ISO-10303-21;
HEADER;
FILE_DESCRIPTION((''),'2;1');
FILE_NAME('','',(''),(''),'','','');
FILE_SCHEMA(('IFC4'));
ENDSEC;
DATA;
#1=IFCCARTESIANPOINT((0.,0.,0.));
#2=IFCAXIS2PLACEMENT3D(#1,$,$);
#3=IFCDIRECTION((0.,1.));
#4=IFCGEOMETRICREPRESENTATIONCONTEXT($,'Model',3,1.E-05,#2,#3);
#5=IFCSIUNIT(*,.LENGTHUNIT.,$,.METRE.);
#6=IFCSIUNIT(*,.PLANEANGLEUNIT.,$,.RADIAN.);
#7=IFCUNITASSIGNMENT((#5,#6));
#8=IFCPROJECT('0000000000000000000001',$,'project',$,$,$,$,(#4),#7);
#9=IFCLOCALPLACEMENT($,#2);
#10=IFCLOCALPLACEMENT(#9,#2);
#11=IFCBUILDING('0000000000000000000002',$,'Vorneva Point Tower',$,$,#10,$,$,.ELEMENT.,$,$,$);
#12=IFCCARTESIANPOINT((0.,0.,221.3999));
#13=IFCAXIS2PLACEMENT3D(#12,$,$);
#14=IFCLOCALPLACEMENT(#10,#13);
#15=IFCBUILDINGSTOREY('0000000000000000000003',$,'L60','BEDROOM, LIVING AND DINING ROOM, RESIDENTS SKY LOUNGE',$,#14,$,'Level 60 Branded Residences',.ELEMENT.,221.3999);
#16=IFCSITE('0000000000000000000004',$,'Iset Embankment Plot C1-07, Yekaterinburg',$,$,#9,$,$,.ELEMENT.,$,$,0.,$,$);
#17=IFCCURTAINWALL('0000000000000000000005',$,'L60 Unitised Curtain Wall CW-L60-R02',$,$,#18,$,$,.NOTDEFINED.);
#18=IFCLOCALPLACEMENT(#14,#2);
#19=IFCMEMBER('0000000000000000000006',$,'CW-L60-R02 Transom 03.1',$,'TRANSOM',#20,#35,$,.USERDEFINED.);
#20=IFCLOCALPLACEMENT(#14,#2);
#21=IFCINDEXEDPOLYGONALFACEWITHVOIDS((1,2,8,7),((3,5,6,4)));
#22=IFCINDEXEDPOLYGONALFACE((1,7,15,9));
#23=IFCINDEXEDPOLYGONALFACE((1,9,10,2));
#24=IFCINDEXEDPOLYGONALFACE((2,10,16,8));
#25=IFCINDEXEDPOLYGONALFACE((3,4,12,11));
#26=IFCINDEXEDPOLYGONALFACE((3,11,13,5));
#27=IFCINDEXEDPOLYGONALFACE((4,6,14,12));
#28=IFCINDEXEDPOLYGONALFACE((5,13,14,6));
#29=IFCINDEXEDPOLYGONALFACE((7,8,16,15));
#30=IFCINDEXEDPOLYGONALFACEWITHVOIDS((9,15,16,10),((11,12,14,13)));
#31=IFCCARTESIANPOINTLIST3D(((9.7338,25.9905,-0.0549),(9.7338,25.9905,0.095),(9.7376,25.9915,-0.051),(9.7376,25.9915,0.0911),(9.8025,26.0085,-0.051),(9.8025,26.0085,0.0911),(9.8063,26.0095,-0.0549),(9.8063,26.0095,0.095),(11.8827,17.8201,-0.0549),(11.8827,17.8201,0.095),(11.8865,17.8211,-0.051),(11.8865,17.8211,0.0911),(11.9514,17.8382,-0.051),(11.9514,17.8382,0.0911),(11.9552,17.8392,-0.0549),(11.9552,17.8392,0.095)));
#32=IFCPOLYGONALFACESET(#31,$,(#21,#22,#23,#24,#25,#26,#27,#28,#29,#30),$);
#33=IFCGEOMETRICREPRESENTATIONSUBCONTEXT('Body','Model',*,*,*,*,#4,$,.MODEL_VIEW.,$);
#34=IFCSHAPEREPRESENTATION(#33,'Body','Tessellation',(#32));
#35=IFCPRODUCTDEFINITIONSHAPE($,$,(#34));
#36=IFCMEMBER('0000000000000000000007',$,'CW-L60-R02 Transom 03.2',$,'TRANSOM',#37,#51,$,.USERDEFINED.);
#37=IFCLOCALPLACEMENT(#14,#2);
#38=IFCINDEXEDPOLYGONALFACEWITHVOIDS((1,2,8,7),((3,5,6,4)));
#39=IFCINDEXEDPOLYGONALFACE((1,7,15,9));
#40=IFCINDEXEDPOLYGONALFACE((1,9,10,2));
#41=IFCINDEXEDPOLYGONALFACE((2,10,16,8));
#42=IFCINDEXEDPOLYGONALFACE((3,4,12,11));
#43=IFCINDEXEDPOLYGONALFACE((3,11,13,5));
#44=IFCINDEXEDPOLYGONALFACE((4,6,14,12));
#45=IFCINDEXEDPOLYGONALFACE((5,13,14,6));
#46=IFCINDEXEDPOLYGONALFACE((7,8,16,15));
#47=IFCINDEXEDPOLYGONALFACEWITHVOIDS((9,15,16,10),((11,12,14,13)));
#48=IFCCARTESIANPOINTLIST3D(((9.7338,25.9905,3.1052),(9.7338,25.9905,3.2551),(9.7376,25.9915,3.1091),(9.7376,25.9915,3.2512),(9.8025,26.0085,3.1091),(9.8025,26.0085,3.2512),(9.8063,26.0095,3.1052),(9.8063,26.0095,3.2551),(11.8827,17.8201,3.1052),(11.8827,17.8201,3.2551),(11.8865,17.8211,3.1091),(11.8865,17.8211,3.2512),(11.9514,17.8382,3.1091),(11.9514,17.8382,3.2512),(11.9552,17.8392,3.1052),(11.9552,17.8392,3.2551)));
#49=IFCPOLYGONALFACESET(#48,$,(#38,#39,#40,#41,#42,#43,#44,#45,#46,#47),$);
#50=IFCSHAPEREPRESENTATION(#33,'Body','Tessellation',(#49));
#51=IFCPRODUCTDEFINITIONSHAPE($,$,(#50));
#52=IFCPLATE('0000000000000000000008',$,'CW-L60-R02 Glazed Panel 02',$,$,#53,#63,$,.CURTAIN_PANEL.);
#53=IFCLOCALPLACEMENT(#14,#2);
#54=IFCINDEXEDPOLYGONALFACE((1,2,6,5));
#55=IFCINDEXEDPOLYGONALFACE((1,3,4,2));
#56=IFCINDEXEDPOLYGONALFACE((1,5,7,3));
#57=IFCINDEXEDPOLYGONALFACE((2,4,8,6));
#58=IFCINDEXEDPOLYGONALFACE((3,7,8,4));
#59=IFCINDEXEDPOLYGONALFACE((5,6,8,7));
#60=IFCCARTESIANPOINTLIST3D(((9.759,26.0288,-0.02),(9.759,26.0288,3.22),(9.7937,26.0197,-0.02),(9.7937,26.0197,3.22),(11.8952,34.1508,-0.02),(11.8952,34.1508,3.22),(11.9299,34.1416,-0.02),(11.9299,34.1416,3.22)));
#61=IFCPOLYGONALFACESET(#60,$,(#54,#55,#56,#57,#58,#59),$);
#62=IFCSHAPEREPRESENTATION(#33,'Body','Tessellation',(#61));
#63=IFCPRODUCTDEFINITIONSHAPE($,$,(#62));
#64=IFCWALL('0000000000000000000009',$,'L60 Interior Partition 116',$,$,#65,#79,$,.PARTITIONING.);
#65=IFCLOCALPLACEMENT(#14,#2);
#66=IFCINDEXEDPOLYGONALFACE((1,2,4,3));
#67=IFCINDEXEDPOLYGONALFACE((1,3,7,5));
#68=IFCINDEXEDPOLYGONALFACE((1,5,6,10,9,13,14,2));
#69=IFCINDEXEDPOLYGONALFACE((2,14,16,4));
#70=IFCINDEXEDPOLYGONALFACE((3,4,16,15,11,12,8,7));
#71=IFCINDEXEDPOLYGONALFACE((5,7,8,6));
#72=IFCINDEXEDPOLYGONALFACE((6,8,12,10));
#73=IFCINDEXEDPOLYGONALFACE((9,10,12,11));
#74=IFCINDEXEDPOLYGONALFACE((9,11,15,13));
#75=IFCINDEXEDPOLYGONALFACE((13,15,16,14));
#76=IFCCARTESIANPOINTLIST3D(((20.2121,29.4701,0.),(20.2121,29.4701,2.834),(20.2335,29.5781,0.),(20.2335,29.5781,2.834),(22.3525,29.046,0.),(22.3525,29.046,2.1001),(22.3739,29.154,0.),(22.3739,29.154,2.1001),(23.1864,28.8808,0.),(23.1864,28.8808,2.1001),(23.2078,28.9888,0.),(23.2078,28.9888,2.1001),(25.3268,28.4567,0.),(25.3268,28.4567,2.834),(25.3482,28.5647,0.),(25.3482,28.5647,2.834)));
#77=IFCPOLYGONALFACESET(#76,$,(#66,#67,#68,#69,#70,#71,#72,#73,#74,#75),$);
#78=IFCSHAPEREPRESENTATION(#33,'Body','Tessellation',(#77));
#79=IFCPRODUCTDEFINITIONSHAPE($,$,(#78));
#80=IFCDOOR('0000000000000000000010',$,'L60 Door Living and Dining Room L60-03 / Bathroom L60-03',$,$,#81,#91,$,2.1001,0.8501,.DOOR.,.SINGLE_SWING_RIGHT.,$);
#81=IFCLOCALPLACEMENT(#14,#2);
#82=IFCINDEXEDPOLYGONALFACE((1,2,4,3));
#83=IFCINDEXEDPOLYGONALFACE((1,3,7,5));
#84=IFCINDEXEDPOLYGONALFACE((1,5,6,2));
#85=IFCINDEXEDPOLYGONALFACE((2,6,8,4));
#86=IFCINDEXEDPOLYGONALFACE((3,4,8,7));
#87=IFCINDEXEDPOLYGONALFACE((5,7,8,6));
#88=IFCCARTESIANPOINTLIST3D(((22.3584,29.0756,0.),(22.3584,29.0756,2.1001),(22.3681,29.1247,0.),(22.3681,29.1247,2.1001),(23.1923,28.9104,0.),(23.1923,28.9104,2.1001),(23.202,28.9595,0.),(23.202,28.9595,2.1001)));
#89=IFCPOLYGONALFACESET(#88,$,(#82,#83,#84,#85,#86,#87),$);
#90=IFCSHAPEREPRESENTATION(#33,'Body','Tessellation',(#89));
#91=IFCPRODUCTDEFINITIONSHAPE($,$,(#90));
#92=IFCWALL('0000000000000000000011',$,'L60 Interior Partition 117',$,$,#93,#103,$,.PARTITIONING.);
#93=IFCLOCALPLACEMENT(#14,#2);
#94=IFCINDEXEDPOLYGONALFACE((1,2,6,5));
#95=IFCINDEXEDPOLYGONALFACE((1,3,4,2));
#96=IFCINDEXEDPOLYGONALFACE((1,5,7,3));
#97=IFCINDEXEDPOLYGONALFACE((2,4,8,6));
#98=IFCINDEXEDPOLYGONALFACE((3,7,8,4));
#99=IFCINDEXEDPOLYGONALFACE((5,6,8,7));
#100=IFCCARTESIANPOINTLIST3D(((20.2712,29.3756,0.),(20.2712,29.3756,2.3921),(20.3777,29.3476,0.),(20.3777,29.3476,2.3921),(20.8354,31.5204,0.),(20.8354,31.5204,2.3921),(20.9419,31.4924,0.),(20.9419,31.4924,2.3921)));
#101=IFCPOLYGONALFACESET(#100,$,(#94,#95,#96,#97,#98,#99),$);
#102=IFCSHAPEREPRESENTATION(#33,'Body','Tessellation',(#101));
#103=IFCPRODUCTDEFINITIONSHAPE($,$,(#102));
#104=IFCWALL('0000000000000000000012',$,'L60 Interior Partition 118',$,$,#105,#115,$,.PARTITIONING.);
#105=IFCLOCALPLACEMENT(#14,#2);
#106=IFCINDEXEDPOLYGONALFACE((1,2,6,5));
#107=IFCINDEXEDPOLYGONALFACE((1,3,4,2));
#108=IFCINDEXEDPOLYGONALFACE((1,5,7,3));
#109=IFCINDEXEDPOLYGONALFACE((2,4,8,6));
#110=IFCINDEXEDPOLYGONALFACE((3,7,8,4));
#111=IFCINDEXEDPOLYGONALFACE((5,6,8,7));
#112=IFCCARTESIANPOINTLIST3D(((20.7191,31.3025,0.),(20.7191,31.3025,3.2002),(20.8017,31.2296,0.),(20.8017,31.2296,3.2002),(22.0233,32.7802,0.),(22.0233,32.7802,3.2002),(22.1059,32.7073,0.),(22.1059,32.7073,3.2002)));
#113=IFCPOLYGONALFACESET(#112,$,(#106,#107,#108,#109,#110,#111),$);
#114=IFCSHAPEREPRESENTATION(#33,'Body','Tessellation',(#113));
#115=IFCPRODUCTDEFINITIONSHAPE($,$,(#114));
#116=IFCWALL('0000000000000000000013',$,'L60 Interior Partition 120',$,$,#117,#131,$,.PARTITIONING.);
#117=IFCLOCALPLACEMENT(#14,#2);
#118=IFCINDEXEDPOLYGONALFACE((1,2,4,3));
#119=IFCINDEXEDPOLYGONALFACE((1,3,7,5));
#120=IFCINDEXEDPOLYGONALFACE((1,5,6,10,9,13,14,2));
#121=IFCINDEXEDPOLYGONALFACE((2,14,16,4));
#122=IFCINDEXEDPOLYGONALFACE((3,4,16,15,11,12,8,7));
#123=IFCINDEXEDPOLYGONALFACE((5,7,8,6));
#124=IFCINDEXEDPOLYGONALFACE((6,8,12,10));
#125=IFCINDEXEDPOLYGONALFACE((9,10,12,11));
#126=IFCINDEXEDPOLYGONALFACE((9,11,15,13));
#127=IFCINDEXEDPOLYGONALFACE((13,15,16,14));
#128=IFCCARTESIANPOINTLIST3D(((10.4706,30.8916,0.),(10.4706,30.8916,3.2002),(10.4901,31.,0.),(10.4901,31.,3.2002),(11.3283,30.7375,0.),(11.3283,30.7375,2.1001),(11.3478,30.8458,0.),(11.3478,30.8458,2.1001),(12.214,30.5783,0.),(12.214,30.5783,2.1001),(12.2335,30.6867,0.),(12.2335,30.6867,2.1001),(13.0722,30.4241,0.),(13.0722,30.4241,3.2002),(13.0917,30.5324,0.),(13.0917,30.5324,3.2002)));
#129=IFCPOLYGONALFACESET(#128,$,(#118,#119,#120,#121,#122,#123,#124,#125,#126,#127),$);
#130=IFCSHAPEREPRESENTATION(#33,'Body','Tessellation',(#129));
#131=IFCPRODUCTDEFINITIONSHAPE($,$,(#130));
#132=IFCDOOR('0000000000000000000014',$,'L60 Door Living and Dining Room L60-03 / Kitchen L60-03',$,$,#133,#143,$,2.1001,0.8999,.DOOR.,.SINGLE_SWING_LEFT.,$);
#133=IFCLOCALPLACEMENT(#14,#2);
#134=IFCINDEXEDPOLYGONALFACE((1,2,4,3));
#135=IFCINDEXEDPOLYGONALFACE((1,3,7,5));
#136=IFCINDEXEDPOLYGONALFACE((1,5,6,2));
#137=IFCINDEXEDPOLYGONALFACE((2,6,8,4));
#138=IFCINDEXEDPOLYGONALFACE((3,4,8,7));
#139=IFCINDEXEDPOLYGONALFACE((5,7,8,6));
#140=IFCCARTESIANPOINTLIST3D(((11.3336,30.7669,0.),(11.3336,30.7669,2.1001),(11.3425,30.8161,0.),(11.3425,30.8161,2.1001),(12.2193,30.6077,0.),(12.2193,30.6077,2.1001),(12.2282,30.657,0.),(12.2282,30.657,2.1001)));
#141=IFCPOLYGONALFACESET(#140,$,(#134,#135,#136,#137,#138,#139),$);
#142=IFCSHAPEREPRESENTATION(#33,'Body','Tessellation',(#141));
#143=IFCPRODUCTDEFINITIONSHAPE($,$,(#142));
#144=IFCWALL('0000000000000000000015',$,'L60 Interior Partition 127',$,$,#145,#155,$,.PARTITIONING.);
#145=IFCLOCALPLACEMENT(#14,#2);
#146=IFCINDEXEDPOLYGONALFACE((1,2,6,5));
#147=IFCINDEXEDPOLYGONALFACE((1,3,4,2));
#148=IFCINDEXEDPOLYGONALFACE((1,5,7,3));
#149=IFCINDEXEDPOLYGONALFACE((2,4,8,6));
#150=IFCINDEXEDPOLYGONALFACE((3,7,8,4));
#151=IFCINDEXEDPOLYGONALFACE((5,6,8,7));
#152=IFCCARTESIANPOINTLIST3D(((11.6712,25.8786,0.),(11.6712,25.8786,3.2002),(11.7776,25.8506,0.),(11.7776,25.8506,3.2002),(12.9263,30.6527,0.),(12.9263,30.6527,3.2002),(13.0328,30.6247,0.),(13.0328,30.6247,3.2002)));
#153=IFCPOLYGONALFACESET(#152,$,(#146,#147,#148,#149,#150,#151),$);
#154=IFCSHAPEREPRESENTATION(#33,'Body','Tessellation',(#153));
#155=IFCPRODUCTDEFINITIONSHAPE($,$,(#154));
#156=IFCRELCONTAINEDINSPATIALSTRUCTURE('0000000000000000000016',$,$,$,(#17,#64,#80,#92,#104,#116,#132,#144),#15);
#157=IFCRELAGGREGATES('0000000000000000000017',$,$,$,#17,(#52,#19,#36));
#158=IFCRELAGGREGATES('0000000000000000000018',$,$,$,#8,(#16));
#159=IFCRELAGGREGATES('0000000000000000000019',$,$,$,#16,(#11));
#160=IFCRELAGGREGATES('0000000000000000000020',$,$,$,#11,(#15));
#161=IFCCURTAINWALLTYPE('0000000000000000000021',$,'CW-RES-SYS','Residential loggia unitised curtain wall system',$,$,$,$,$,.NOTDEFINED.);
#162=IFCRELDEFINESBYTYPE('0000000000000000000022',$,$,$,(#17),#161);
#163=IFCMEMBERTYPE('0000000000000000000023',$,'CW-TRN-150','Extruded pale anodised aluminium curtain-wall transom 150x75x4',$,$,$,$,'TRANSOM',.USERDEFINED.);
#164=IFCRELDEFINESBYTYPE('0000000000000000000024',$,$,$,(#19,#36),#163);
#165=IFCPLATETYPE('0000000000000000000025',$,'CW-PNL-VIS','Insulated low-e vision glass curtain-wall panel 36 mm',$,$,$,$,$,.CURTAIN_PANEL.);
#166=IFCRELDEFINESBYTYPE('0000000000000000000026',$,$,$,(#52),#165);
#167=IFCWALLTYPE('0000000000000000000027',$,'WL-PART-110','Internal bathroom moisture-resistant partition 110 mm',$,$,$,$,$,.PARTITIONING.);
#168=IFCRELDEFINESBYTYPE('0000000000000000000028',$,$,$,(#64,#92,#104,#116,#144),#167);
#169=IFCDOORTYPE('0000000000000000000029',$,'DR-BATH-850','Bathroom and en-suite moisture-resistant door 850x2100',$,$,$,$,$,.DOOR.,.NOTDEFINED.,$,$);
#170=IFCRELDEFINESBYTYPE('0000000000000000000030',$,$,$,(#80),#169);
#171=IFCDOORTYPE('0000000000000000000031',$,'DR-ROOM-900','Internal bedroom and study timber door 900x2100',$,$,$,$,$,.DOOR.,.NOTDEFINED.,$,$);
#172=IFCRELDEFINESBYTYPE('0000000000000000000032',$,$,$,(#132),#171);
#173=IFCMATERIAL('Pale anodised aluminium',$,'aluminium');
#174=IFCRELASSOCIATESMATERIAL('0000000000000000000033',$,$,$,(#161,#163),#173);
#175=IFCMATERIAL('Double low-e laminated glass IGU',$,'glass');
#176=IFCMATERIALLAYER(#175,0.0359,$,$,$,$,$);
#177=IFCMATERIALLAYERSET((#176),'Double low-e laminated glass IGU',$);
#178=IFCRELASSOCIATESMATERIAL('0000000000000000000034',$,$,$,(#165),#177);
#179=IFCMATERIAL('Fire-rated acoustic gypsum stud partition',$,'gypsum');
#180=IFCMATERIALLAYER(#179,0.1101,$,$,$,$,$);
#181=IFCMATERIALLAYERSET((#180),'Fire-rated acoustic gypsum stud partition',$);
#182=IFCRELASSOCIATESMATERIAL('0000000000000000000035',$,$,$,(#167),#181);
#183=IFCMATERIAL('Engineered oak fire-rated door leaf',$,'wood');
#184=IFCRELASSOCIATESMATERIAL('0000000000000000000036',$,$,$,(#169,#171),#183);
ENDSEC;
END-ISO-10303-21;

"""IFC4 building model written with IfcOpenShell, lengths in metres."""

from ifc_helpers import new_model, si_unit, direction, frame, frame_2d, origin, origin_2d, place, context, subcontext, project, spatial, rectangle, hollow_rectangle, extrude, material, layer, layer_set, material_profile, profile_set, type_object, element, fill, aggregate, save


model = new_model("IFC4")

# Units and contexts
model_context = context("Model", 3, precision=1e-05, world=origin(), true_north=direction((0.0, 1.0)))
body_context = subcontext(model_context, "Body", "Model", "MODEL_VIEW")
ifc_project = project(units=[si_unit("LENGTHUNIT", "METRE"), si_unit("PLANEANGLEUNIT", "RADIAN")], contexts=[model_context])

# Site, building, storey
site_placement = place(None, origin())
site = spatial("IfcSite", under=ifc_project, at=site_placement, Name="Iset Embankment Plot C1-07, Yekaterinburg", CompositionType="ELEMENT", RefElevation=0.0)
building_placement = place(site_placement, origin())
building = spatial("IfcBuilding", under=site, at=building_placement, Name="Vorneva Point Tower", CompositionType="ELEMENT")
storey_placement = place(building_placement, frame((0.0, 0.0, 221.3999)))
storey = spatial("IfcBuildingStorey", under=building, at=storey_placement, Name="L60", Description="BEDROOM, LIVING AND DINING ROOM, RESIDENTS SKY LOUNGE", LongName="Level 60 Branded Residences", CompositionType="ELEMENT", Elevation=221.3999)

# Curtain wall, members, plate
ifc_material_1 = material(Name="Pale anodised aluminium", Category="aluminium")
curtain_wall_type = type_object("IfcCurtainWallType", Name="CW-RES-SYS", Description="Residential loggia unitised curtain wall system", PredefinedType="NOTDEFINED", material=ifc_material_1)
curtain_wall_placement = place(storey_placement, origin())
curtain_wall = element("IfcCurtainWall", 1, at=curtain_wall_placement, inside=storey, type_object=curtain_wall_type, Name="L60 Unitised Curtain Wall CW-L60-R02", PredefinedType="NOTDEFINED")
ifc_material_profile_1 = material_profile(ifc_material_1, hollow_rectangle(XDim=0.075, YDim=0.1499, WallThickness=0.0039, at=origin_2d()), Name="AL-TRN 150x75x4")
ifc_profile_set_1 = profile_set([ifc_material_profile_1], Name="Pale anodised aluminium")
member_type_1 = type_object("IfcMemberType", Name="CW-TRN-150", Description="Extruded pale anodised aluminium curtain-wall transom 150x75x4", ElementType="TRANSOM", PredefinedType="USERDEFINED", material=ifc_profile_set_1)
member_1_placement = place(storey_placement, frame((9.77, 26.0, 0.02), z_axis=(0.254362, -0.967109, 0.0), x_axis=(0.967109, 0.254362, 0.0)))
member_1 = element("IfcMember", 2, at=member_1_placement, type_object=member_type_1, Name="CW-L60-R02 Transom 03.1", ObjectType="TRANSOM", PredefinedType="USERDEFINED", context=body_context, shape_type="SweptSolid", body=[
    extrude(hollow_rectangle(XDim=0.075, YDim=0.1499, WallThickness=0.0039, at=origin_2d()), origin(), (0.0, 0.0, 1.0), 8.4482),
])
member_2_placement = place(storey_placement, frame((9.77, 26.0, 3.1802), z_axis=(0.254362, -0.967109, 0.0), x_axis=(0.967109, 0.254362, 0.0)))
member_2 = element("IfcMember", 3, at=member_2_placement, type_object=member_type_1, Name="CW-L60-R02 Transom 03.2", ObjectType="TRANSOM", PredefinedType="USERDEFINED", context=body_context, shape_type="SweptSolid", body=[
    extrude(hollow_rectangle(XDim=0.075, YDim=0.1499, WallThickness=0.0039, at=origin_2d()), origin(), (0.0, 0.0, 1.0), 8.4482),
])
ifc_material_2 = material(Name="Double low-e laminated glass IGU", Category="glass")
ifc_layer_1 = layer(ifc_material_2, 0.0359)
ifc_layer_set_1 = layer_set([ifc_layer_1], Name="Double low-e laminated glass IGU")
plate_type = type_object("IfcPlateType", Name="CW-PNL-VIS", Description="Insulated low-e vision glass curtain-wall panel 36 mm", PredefinedType="CURTAIN_PANEL", material=ifc_layer_set_1)
plate_placement = place(storey_placement, frame((10.8445, 30.0852, -0.02), z_axis=(0.0, 0.0, 1.0), x_axis=(-0.254366, -0.967108, 0.0)))
plate = element("IfcPlate", 4, at=plate_placement, type_object=plate_type, Name="CW-L60-R02 Glazed Panel 02", PredefinedType="CURTAIN_PANEL", context=body_context, shape_type="SweptSolid", body=[
    extrude(rectangle(XDim=8.3982, YDim=0.0359, at=origin_2d()), origin(), (0.0, 0.0, 1.0), 3.24),
])
aggregate(curtain_wall, [plate, member_1, member_2])

# Wall, opening, door
ifc_material_3 = material(Name="Fire-rated acoustic gypsum stud partition", Category="gypsum")
ifc_layer_2 = layer(ifc_material_3, 0.1101)
ifc_layer_set_2 = layer_set([ifc_layer_2], Name="Fire-rated acoustic gypsum stud partition")
wall_type_1 = type_object("IfcWallType", Name="WL-PART-110", Description="Internal bathroom moisture-resistant partition 110 mm", PredefinedType="PARTITIONING", material=ifc_layer_set_2)
wall_1_placement = place(storey_placement, frame((25.3374, 28.5107, 0.0), z_axis=(0.0, 0.0, 1.0), x_axis=(-0.98093, 0.19436, 0.0)))
wall_1 = element("IfcWall", 5, at=wall_1_placement, inside=storey, type_object=wall_type_1, Name="L60 Interior Partition 116", PredefinedType="PARTITIONING", context=body_context, shape_type="SweptSolid", body=[
    extrude(rectangle(XDim=5.2141, YDim=0.1101, at=frame_2d((2.6069, 0.0))), origin(), (0.0, 0.0, 1.0), 2.834),
])
opening_1_placement = place(wall_1_placement, frame((2.1819, 0.0, 0.0)))
opening_1 = element("IfcOpeningElement", 6, at=opening_1_placement, cuts=wall_1, PredefinedType="OPENING", context=body_context, shape_type="SweptSolid", body=[
    extrude(rectangle(XDim=0.8501, YDim=2.1001, at=frame_2d((0.425, 1.05))), frame((0.0, 0.0698, 0.0), z_axis=(0.0, -1.0, 0.0), x_axis=(1.0, 0.0, 0.0)), (0.0, 0.0, 1.0), 0.1399),
])
ifc_material_4 = material(Name="Engineered oak fire-rated door leaf", Category="wood")
door_type_1 = type_object("IfcDoorType", Name="DR-BATH-850", Description="Bathroom and en-suite moisture-resistant door 850x2100", OperationType="NOTDEFINED", PredefinedType="DOOR", material=ifc_material_4)
door_1_placement = place(opening_1_placement, origin())
door_1 = element("IfcDoor", 7, at=door_1_placement, inside=storey, type_object=door_type_1, Name="L60 Door Living and Dining Room L60-03 / Bathroom L60-03", OperationType="SINGLE_SWING_RIGHT", OverallHeight=2.1001, OverallWidth=0.8501, PredefinedType="DOOR", context=body_context, shape_type="SweptSolid", body=[
    extrude(rectangle(XDim=0.8501, YDim=2.1001, at=frame_2d((0.425, 1.05))), frame((0.0, 0.0249, 0.0), z_axis=(0.0, -1.0, 0.0), x_axis=(1.0, 0.0, 0.0)), (0.0, 0.0, 1.0), 0.05),
])
fill(opening_1, door_1)

# Walls
wall_2_placement = place(storey_placement, frame((20.3245, 29.3616, 0.0), z_axis=(0.0, 0.0, 1.0), x_axis=(0.254407, 0.967097, 0.0)))
element("IfcWall", 8, at=wall_2_placement, inside=storey, type_object=wall_type_1, Name="L60 Interior Partition 117", PredefinedType="PARTITIONING", context=body_context, shape_type="SweptSolid", body=[
    extrude(rectangle(XDim=2.2178, YDim=0.1101, at=frame_2d((1.1089, 0.0))), origin(), (0.0, 0.0, 1.0), 2.3921),
])
wall_3_placement = place(storey_placement, frame((20.7605, 31.2661, 0.0), z_axis=(0.0, 0.0, 1.0), x_axis=(0.661699, 0.749769, 0.0)))
element("IfcWall", 9, at=wall_3_placement, inside=storey, type_object=wall_type_1, Name="L60 Interior Partition 118", PredefinedType="PARTITIONING", context=body_context, shape_type="SweptSolid", body=[
    extrude(rectangle(XDim=1.9709, YDim=0.1101, at=frame_2d((0.9854, 0.0))), origin(), (0.0, 0.0, 1.0), 3.2002),
])

# Wall, opening, door
wall_4_placement = place(storey_placement, frame((10.4802, 30.9458, 0.0), z_axis=(0.0, 0.0, 1.0), x_axis=(0.984233, -0.176877, 0.0)))
wall_4 = element("IfcWall", 10, at=wall_4_placement, inside=storey, type_object=wall_type_1, Name="L60 Interior Partition 120", PredefinedType="PARTITIONING", context=body_context, shape_type="SweptSolid", body=[
    extrude(rectangle(XDim=2.6433, YDim=0.1101, at=frame_2d((1.3218, 0.0))), origin(), (0.0, 0.0, 1.0), 3.2002),
])
opening_2_placement = place(wall_4_placement, frame((0.8716, 0.0, 0.0)))
opening_2 = element("IfcOpeningElement", 11, at=opening_2_placement, cuts=wall_4, PredefinedType="OPENING", context=body_context, shape_type="SweptSolid", body=[
    extrude(rectangle(XDim=0.8999, YDim=2.1001, at=frame_2d((0.45, 1.05))), frame((0.0, 0.0698, 0.0), z_axis=(0.0, -1.0, 0.0), x_axis=(1.0, 0.0, 0.0)), (0.0, 0.0, 1.0), 0.1399),
])
door_type_2 = type_object("IfcDoorType", Name="DR-ROOM-900", Description="Internal bedroom and study timber door 900x2100", OperationType="NOTDEFINED", PredefinedType="DOOR", material=ifc_material_4)
door_2_placement = place(opening_2_placement, origin())
door_2 = element("IfcDoor", 12, at=door_2_placement, inside=storey, type_object=door_type_2, Name="L60 Door Living and Dining Room L60-03 / Kitchen L60-03", OperationType="SINGLE_SWING_LEFT", OverallHeight=2.1001, OverallWidth=0.8999, PredefinedType="DOOR", context=body_context, shape_type="SweptSolid", body=[
    extrude(rectangle(XDim=0.8999, YDim=2.1001, at=frame_2d((0.45, 1.05))), frame((0.0, 0.0249, 0.0), z_axis=(0.0, -1.0, 0.0), x_axis=(1.0, 0.0, 0.0)), (0.0, 0.0, 1.0), 0.05),
])
fill(opening_2, door_2)

# Wall
wall_5_placement = place(storey_placement, frame((11.7244, 25.8645, 0.0), z_axis=(0.0, 0.0, 1.0), x_axis=(0.254272, 0.967133, 0.0)))
element("IfcWall", 13, at=wall_5_placement, inside=storey, type_object=wall_type_1, Name="L60 Interior Partition 127", PredefinedType="PARTITIONING", context=body_context, shape_type="SweptSolid", body=[
    extrude(rectangle(XDim=4.9363, YDim=0.1101, at=frame_2d((2.4683, 0.0))), origin(), (0.0, 0.0, 1.0), 3.2002),
])

save(model, "model.ifc")
